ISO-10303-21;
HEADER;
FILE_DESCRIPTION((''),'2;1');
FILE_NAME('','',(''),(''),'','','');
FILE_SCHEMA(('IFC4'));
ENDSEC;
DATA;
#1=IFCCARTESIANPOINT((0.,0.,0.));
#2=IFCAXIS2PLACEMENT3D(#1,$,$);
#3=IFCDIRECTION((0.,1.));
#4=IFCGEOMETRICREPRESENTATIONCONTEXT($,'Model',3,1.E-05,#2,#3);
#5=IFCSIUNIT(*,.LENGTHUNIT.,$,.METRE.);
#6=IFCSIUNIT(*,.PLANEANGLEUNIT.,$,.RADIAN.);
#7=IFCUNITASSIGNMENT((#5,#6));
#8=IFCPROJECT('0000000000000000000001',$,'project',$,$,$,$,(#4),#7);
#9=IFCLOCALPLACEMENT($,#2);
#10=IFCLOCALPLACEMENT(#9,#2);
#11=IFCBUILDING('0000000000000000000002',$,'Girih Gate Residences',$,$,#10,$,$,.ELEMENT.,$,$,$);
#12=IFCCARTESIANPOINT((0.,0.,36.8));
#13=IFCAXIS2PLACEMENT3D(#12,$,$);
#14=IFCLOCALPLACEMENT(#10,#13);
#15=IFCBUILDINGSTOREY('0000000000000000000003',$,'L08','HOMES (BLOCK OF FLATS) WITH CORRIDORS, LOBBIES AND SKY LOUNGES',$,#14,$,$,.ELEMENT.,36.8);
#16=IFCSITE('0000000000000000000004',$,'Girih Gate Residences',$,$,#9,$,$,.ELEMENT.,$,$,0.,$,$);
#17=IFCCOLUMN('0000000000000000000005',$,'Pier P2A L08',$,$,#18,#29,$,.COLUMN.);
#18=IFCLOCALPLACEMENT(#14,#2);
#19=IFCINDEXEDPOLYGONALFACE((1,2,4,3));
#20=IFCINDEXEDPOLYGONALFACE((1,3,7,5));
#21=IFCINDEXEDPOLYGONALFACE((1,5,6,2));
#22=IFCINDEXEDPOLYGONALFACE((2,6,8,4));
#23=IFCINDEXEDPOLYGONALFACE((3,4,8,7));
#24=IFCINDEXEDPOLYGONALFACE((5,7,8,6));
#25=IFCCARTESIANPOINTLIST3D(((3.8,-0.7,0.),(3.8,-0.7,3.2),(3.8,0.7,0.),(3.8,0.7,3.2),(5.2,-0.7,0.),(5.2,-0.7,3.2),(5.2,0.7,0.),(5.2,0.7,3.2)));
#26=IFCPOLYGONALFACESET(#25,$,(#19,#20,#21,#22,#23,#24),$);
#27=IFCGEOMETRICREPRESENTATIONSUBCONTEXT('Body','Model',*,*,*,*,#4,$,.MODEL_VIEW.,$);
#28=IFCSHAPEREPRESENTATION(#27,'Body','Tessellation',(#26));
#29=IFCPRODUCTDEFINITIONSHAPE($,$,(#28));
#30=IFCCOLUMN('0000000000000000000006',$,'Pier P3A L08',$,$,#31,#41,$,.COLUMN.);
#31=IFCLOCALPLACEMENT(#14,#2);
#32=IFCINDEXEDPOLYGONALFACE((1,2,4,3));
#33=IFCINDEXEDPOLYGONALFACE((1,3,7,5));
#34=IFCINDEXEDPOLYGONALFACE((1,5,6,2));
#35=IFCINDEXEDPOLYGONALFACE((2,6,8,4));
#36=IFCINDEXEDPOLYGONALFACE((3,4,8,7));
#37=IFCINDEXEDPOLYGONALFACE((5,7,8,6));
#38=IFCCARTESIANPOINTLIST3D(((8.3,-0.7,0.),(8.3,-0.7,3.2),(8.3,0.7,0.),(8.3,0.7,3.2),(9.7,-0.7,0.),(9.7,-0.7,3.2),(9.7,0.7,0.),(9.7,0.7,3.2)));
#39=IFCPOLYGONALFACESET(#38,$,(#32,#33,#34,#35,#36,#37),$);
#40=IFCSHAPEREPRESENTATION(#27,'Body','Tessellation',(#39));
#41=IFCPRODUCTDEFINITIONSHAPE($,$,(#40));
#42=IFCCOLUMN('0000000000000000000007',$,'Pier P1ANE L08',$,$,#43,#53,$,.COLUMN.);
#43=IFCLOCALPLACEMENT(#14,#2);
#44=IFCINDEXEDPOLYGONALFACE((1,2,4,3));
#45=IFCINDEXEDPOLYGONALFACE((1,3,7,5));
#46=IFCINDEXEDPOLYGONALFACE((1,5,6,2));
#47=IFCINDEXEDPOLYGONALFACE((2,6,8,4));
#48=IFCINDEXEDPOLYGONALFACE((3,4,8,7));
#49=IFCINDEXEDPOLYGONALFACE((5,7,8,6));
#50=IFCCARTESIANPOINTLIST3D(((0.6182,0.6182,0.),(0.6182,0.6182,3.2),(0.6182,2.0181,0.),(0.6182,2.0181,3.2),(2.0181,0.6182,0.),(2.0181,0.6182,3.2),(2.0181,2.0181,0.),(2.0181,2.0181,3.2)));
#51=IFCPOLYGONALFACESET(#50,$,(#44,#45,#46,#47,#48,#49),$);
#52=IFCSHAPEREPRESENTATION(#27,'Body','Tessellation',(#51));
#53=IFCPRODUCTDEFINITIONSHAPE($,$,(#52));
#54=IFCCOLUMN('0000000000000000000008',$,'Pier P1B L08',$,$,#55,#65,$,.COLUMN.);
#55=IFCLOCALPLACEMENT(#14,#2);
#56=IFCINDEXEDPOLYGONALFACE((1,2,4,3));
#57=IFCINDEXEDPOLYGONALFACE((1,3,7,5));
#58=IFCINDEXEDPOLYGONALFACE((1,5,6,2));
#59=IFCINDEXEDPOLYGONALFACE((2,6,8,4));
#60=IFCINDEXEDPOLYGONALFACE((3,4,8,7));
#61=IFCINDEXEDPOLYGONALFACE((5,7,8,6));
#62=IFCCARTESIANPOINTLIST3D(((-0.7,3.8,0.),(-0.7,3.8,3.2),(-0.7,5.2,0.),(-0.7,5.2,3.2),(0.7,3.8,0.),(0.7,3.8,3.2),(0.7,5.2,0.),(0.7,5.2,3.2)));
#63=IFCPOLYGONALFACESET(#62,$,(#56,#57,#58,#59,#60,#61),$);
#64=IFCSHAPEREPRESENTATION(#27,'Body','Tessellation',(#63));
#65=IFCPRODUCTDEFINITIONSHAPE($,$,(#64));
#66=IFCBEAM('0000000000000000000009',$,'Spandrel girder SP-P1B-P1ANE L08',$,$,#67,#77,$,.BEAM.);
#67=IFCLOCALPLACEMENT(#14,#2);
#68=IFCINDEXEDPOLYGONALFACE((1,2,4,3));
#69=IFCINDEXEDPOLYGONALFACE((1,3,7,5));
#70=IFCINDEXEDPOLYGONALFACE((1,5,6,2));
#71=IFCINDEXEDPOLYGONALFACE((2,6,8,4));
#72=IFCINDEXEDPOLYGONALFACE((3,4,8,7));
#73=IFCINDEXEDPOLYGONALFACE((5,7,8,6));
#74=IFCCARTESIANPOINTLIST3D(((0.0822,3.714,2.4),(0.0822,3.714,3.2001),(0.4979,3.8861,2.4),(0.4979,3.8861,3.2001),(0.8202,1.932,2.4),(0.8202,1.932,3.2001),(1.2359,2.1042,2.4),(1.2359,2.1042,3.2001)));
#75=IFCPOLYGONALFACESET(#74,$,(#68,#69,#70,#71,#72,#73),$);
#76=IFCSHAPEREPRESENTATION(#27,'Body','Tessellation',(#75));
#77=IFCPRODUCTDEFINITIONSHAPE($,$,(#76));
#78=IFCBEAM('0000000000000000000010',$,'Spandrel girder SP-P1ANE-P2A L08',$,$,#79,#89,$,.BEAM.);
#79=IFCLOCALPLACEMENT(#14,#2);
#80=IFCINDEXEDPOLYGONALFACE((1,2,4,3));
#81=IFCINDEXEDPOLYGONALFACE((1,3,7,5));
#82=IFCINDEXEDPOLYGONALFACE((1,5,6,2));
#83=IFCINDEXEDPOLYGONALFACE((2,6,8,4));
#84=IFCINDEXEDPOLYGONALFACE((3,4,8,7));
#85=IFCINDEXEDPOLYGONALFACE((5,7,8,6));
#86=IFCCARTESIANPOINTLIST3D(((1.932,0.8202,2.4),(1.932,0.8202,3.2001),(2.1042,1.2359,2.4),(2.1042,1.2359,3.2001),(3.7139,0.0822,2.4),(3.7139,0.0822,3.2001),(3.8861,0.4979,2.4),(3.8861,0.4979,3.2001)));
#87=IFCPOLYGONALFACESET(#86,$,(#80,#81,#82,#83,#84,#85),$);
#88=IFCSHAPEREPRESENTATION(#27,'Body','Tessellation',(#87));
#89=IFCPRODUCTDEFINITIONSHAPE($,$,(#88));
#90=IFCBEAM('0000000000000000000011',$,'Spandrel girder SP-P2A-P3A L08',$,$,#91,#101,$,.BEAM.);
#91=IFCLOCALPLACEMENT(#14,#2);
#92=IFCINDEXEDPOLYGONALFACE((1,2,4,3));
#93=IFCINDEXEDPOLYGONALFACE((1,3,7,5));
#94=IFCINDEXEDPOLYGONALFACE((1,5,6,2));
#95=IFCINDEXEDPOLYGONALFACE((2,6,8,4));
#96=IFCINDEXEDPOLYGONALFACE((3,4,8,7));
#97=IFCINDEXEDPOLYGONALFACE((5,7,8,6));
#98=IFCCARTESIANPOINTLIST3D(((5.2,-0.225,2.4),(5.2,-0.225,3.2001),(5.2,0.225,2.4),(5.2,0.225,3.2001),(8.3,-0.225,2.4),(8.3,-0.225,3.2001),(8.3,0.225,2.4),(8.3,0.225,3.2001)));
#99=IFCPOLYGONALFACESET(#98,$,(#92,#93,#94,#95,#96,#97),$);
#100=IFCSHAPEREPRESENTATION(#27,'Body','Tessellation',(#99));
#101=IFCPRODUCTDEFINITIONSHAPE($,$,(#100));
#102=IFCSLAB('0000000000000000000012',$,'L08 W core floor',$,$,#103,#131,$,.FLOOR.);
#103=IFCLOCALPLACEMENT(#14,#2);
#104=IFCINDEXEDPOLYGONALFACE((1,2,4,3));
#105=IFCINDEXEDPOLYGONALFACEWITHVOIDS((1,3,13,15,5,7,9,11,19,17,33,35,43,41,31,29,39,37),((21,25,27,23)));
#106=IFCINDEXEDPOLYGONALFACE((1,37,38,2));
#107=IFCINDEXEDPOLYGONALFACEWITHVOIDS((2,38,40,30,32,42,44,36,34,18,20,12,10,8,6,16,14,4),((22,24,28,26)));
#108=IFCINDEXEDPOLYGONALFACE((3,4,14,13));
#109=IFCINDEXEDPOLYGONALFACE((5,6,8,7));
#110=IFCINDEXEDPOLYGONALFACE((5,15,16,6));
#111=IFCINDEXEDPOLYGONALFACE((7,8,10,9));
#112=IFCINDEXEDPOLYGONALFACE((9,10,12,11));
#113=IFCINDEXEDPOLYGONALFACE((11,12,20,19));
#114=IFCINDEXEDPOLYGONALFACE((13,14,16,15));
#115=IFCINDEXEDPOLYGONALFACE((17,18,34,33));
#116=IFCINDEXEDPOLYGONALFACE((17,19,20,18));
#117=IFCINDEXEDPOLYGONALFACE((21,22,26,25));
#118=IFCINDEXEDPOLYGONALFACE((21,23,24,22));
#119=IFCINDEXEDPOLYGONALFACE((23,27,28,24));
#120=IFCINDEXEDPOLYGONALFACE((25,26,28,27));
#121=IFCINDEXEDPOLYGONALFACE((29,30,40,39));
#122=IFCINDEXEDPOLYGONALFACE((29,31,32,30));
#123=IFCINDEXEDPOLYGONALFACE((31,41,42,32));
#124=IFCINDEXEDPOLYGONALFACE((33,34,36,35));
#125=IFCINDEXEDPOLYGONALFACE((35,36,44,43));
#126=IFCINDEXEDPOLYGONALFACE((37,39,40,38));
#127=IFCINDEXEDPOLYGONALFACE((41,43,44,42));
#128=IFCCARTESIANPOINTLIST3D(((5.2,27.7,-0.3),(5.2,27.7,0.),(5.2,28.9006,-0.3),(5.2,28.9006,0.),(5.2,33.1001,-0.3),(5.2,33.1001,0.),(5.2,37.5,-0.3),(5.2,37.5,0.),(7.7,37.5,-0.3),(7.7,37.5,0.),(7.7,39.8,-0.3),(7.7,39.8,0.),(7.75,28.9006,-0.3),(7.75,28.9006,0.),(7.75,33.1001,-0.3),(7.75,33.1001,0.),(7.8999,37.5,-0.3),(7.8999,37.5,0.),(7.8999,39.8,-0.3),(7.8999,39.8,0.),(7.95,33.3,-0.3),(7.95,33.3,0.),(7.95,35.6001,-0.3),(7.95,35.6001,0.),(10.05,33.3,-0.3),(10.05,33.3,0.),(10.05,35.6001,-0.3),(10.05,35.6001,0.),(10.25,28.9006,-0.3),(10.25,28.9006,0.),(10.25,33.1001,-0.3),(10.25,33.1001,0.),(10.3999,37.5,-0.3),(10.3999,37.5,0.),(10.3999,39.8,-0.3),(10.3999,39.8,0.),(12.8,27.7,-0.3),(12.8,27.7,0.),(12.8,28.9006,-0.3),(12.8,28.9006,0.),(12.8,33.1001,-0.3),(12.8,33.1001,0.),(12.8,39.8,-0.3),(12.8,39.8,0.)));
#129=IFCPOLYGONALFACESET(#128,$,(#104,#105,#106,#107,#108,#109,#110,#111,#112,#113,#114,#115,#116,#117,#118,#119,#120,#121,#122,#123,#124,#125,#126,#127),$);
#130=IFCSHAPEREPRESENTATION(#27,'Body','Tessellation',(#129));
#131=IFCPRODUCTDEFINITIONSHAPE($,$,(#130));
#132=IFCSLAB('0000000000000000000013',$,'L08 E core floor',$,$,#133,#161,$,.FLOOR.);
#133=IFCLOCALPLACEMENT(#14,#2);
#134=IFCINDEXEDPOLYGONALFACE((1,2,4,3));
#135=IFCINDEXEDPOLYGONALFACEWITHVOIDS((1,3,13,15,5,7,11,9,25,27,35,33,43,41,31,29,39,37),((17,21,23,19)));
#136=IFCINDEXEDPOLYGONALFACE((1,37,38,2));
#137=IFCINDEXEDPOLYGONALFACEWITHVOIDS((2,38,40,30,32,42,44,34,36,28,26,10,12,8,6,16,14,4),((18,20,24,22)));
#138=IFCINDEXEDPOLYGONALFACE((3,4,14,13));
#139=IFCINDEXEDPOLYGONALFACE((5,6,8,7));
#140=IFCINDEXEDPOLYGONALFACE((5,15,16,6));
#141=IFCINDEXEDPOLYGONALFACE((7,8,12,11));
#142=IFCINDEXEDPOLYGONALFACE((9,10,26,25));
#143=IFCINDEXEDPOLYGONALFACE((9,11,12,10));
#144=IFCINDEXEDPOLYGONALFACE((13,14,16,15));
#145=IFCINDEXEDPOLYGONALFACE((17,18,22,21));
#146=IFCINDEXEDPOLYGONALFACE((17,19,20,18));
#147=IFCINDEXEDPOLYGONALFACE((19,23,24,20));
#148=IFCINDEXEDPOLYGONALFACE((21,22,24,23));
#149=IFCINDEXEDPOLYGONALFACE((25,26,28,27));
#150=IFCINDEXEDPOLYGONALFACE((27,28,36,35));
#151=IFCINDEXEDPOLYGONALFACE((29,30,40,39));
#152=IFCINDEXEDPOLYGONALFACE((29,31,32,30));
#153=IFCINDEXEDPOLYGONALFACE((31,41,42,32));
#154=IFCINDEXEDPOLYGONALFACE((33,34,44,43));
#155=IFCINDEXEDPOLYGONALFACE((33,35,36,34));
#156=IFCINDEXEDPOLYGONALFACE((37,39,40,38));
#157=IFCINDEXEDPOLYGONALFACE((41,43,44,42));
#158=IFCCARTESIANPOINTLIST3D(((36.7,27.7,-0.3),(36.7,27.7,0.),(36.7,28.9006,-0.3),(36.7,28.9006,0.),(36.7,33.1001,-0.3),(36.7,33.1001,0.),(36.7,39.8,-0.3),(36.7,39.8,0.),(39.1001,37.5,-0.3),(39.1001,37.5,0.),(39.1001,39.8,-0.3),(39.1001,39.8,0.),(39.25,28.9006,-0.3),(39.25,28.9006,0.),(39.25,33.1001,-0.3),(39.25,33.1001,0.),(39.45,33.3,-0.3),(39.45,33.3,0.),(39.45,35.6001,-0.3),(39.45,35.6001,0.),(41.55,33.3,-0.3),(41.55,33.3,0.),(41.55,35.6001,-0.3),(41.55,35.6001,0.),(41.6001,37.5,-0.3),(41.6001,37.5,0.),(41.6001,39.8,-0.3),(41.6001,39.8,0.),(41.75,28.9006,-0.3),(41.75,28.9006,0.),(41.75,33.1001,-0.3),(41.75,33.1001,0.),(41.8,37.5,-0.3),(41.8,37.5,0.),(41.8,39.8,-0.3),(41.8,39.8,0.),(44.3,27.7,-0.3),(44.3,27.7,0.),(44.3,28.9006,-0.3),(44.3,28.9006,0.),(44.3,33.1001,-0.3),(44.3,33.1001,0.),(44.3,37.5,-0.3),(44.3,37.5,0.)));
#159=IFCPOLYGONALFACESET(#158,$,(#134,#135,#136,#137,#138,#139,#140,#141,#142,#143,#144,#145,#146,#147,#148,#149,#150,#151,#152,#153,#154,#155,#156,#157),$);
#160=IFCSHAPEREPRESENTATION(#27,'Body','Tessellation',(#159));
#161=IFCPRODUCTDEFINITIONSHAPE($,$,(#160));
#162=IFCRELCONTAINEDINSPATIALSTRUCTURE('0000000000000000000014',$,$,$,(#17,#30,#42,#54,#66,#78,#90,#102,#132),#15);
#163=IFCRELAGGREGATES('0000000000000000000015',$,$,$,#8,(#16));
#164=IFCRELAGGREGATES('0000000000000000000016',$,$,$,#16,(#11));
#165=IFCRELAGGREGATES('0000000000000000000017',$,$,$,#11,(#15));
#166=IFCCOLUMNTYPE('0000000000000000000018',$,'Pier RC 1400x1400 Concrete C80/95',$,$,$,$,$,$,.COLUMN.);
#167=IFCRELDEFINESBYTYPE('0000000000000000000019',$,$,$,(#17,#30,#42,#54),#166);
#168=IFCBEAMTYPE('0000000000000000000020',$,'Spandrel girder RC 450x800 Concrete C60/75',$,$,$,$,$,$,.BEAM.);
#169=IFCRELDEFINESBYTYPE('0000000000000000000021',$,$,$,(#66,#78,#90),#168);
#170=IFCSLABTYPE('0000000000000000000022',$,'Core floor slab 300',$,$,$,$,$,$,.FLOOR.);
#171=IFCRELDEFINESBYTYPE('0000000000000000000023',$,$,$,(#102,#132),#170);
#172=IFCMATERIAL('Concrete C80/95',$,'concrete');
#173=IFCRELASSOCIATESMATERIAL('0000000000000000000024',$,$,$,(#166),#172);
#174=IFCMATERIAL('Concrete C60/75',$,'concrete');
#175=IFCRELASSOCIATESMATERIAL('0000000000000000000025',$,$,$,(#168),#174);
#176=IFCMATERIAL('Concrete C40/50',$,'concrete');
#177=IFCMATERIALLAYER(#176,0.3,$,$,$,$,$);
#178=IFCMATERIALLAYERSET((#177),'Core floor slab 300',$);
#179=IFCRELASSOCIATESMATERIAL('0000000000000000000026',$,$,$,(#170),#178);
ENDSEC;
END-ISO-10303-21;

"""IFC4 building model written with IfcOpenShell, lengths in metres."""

from ifc_helpers import new_model, si_unit, direction, frame, origin, origin_2d, place, context, subcontext, project, spatial, polyline, rectangle, outline, extrude, material, layer, layer_set, material_profile, profile_set, type_object, element, save


model = new_model("IFC4")

# Units and contexts
model_context = context("Model", 3, precision=1e-05, world=origin(), true_north=direction((0.0, 1.0)))
body_context = subcontext(model_context, "Body", "Model", "MODEL_VIEW")
ifc_project = project(units=[si_unit("LENGTHUNIT", "METRE"), si_unit("PLANEANGLEUNIT", "RADIAN")], contexts=[model_context])

# Site, building, storey
site_placement = place(None, origin())
site = spatial("IfcSite", under=ifc_project, at=site_placement, Name="Girih Gate Residences", CompositionType="ELEMENT", RefElevation=0.0)
building_placement = place(site_placement, origin())
building = spatial("IfcBuilding", under=site, at=building_placement, Name="Girih Gate Residences", CompositionType="ELEMENT")
storey_placement = place(building_placement, frame((0.0, 0.0, 36.8)))
storey = spatial("IfcBuildingStorey", under=building, at=storey_placement, Name="L08", Description="HOMES (BLOCK OF FLATS) WITH CORRIDORS, LOBBIES AND SKY LOUNGES", CompositionType="ELEMENT", Elevation=36.8)

# Columns
ifc_material_1 = material(Name="Concrete C80/95", Category="concrete")
ifc_material_profile_1 = material_profile(ifc_material_1, rectangle(XDim=1.3999, YDim=1.3999, at=origin_2d()))
ifc_profile_set_1 = profile_set([ifc_material_profile_1], Name="Concrete C80/95")
column_type = type_object("IfcColumnType", Name="Pier RC 1400x1400 Concrete C80/95", PredefinedType="COLUMN", material=ifc_profile_set_1)
for number, where, z_axis, x_axis, name in (
    (1, (4.5, 0.0, 0.0), (0.0, 0.0, 1.0), (1.0, 0.0, 0.0), "Pier P2A L08"),
    (2, (9.0, 0.0, 0.0), (0.0, 0.0, 1.0), (1.0, 0.0, 0.0), "Pier P3A L08"),
    (3, (1.3181, 1.3181, 0.0), (0.0, 0.0, 1.0), (1.0, 0.0, 0.0), "Pier P1ANE L08"),
    (4, (0.0, 4.5, 0.0), (0.0, 0.0, 1.0), (1.0, 0.0, 0.0), "Pier P1B L08"),
):
    element("IfcColumn", number, at=place(storey_placement, frame(where, z_axis=z_axis, x_axis=x_axis)), inside=storey, type_object=column_type, Name=name, PredefinedType="COLUMN", context=body_context, shape_type="SweptSolid", body=[
        extrude(rectangle(XDim=1.3999, YDim=1.3999, at=origin_2d()), origin(), (0.0, 0.0, 1.0), 3.2),
    ])

# Beams
ifc_material_2 = material(Name="Concrete C60/75", Category="concrete")
ifc_material_profile_2 = material_profile(ifc_material_2, rectangle(XDim=0.45, YDim=0.8, at=origin_2d()))
ifc_profile_set_2 = profile_set([ifc_material_profile_2], Name="Concrete C60/75")
beam_type = type_object("IfcBeamType", Name="Spandrel girder RC 450x800 Concrete C60/75", PredefinedType="BEAM", material=ifc_profile_set_2)
for number, where, z_axis, x_axis, name in (
    (5, (0.29, 3.8, 2.8), (0.382646, -0.923895, 0.0), (0.923895, 0.382646, 0.0), "Spandrel girder SP-P1B-P1ANE L08"),
    (6, (2.0181, 1.0281, 2.8), (0.923895, -0.382646, 0.0), (0.382646, 0.923895, 0.0), "Spandrel girder SP-P1ANE-P2A L08"),
):
    element("IfcBeam", number, at=place(storey_placement, frame(where, z_axis=z_axis, x_axis=x_axis)), inside=storey, type_object=beam_type, Name=name, PredefinedType="BEAM", context=body_context, shape_type="SweptSolid", body=[
        extrude(rectangle(XDim=0.45, YDim=0.8, at=origin_2d()), origin(), (0.0, 0.0, 1.0), 1.9287),
    ])
beam_placement = place(storey_placement, frame((5.2, 0.0, 2.8), z_axis=(1.0, 0.0, 0.0), x_axis=(0.0, 1.0, 0.0)))
element("IfcBeam", 7, at=beam_placement, inside=storey, type_object=beam_type, Name="Spandrel girder SP-P2A-P3A L08", PredefinedType="BEAM", context=body_context, shape_type="SweptSolid", body=[
    extrude(rectangle(XDim=0.45, YDim=0.8, at=origin_2d()), origin(), (0.0, 0.0, 1.0), 3.1001),
])

# Slabs
ifc_material_3 = material(Name="Concrete C40/50", Category="concrete")
ifc_layer_1 = layer(ifc_material_3, 0.3)
ifc_layer_set_1 = layer_set([ifc_layer_1], Name="Core floor slab 300")
slab_type_1 = type_object("IfcSlabType", Name="Core floor slab 300", PredefinedType="FLOOR", material=ifc_layer_set_1)
slab_1_placement = place(storey_placement, frame((0.0, 0.0, -0.3)))
element("IfcSlab", 8, at=slab_1_placement, inside=storey, type_object=slab_type_1, Name="L08 W core floor", PredefinedType="FLOOR", context=body_context, shape_type="SweptSolid", body=[
    extrude(outline(polyline([(12.8, 27.7), (5.2, 27.7), (5.2, 28.9006), (7.75, 28.9006), (7.75, 33.1001), (5.2, 33.1001), (5.2, 37.5), (7.7, 37.5), (7.7, 39.8), (7.8999, 39.8), (7.8999, 37.5), (10.3999, 37.5), (10.3999, 39.8), (12.8, 39.8), (12.8, 33.1001), (10.25, 33.1001), (10.25, 28.9006), (12.8, 28.9006), (12.8, 27.7)]), holes=[polyline([(7.95, 33.3), (10.05, 33.3), (10.05, 35.6001), (7.95, 35.6001), (7.95, 33.3)])]), origin(), (0.0, 0.0, 1.0), 0.3),
])
slab_2_placement = place(storey_placement, frame((0.0, 0.0, -0.3)))
element("IfcSlab", 9, at=slab_2_placement, inside=storey, type_object=slab_type_1, Name="L08 E core floor", PredefinedType="FLOOR", context=body_context, shape_type="SweptSolid", body=[
    extrude(outline(polyline([(44.3, 27.7), (36.7, 27.7), (36.7, 28.9006), (39.25, 28.9006), (39.25, 33.1001), (36.7, 33.1001), (36.7, 39.8), (39.1001, 39.8), (39.1001, 37.5), (41.6001, 37.5), (41.6001, 39.8), (41.8, 39.8), (41.8, 37.5), (44.3, 37.5), (44.3, 33.1001), (41.75, 33.1001), (41.75, 28.9006), (44.3, 28.9006), (44.3, 27.7)]), holes=[polyline([(39.45, 33.3), (41.55, 33.3), (41.55, 35.6001), (39.45, 35.6001), (39.45, 33.3)])]), origin(), (0.0, 0.0, 1.0), 0.3),
])

save(model, "model.ifc")
